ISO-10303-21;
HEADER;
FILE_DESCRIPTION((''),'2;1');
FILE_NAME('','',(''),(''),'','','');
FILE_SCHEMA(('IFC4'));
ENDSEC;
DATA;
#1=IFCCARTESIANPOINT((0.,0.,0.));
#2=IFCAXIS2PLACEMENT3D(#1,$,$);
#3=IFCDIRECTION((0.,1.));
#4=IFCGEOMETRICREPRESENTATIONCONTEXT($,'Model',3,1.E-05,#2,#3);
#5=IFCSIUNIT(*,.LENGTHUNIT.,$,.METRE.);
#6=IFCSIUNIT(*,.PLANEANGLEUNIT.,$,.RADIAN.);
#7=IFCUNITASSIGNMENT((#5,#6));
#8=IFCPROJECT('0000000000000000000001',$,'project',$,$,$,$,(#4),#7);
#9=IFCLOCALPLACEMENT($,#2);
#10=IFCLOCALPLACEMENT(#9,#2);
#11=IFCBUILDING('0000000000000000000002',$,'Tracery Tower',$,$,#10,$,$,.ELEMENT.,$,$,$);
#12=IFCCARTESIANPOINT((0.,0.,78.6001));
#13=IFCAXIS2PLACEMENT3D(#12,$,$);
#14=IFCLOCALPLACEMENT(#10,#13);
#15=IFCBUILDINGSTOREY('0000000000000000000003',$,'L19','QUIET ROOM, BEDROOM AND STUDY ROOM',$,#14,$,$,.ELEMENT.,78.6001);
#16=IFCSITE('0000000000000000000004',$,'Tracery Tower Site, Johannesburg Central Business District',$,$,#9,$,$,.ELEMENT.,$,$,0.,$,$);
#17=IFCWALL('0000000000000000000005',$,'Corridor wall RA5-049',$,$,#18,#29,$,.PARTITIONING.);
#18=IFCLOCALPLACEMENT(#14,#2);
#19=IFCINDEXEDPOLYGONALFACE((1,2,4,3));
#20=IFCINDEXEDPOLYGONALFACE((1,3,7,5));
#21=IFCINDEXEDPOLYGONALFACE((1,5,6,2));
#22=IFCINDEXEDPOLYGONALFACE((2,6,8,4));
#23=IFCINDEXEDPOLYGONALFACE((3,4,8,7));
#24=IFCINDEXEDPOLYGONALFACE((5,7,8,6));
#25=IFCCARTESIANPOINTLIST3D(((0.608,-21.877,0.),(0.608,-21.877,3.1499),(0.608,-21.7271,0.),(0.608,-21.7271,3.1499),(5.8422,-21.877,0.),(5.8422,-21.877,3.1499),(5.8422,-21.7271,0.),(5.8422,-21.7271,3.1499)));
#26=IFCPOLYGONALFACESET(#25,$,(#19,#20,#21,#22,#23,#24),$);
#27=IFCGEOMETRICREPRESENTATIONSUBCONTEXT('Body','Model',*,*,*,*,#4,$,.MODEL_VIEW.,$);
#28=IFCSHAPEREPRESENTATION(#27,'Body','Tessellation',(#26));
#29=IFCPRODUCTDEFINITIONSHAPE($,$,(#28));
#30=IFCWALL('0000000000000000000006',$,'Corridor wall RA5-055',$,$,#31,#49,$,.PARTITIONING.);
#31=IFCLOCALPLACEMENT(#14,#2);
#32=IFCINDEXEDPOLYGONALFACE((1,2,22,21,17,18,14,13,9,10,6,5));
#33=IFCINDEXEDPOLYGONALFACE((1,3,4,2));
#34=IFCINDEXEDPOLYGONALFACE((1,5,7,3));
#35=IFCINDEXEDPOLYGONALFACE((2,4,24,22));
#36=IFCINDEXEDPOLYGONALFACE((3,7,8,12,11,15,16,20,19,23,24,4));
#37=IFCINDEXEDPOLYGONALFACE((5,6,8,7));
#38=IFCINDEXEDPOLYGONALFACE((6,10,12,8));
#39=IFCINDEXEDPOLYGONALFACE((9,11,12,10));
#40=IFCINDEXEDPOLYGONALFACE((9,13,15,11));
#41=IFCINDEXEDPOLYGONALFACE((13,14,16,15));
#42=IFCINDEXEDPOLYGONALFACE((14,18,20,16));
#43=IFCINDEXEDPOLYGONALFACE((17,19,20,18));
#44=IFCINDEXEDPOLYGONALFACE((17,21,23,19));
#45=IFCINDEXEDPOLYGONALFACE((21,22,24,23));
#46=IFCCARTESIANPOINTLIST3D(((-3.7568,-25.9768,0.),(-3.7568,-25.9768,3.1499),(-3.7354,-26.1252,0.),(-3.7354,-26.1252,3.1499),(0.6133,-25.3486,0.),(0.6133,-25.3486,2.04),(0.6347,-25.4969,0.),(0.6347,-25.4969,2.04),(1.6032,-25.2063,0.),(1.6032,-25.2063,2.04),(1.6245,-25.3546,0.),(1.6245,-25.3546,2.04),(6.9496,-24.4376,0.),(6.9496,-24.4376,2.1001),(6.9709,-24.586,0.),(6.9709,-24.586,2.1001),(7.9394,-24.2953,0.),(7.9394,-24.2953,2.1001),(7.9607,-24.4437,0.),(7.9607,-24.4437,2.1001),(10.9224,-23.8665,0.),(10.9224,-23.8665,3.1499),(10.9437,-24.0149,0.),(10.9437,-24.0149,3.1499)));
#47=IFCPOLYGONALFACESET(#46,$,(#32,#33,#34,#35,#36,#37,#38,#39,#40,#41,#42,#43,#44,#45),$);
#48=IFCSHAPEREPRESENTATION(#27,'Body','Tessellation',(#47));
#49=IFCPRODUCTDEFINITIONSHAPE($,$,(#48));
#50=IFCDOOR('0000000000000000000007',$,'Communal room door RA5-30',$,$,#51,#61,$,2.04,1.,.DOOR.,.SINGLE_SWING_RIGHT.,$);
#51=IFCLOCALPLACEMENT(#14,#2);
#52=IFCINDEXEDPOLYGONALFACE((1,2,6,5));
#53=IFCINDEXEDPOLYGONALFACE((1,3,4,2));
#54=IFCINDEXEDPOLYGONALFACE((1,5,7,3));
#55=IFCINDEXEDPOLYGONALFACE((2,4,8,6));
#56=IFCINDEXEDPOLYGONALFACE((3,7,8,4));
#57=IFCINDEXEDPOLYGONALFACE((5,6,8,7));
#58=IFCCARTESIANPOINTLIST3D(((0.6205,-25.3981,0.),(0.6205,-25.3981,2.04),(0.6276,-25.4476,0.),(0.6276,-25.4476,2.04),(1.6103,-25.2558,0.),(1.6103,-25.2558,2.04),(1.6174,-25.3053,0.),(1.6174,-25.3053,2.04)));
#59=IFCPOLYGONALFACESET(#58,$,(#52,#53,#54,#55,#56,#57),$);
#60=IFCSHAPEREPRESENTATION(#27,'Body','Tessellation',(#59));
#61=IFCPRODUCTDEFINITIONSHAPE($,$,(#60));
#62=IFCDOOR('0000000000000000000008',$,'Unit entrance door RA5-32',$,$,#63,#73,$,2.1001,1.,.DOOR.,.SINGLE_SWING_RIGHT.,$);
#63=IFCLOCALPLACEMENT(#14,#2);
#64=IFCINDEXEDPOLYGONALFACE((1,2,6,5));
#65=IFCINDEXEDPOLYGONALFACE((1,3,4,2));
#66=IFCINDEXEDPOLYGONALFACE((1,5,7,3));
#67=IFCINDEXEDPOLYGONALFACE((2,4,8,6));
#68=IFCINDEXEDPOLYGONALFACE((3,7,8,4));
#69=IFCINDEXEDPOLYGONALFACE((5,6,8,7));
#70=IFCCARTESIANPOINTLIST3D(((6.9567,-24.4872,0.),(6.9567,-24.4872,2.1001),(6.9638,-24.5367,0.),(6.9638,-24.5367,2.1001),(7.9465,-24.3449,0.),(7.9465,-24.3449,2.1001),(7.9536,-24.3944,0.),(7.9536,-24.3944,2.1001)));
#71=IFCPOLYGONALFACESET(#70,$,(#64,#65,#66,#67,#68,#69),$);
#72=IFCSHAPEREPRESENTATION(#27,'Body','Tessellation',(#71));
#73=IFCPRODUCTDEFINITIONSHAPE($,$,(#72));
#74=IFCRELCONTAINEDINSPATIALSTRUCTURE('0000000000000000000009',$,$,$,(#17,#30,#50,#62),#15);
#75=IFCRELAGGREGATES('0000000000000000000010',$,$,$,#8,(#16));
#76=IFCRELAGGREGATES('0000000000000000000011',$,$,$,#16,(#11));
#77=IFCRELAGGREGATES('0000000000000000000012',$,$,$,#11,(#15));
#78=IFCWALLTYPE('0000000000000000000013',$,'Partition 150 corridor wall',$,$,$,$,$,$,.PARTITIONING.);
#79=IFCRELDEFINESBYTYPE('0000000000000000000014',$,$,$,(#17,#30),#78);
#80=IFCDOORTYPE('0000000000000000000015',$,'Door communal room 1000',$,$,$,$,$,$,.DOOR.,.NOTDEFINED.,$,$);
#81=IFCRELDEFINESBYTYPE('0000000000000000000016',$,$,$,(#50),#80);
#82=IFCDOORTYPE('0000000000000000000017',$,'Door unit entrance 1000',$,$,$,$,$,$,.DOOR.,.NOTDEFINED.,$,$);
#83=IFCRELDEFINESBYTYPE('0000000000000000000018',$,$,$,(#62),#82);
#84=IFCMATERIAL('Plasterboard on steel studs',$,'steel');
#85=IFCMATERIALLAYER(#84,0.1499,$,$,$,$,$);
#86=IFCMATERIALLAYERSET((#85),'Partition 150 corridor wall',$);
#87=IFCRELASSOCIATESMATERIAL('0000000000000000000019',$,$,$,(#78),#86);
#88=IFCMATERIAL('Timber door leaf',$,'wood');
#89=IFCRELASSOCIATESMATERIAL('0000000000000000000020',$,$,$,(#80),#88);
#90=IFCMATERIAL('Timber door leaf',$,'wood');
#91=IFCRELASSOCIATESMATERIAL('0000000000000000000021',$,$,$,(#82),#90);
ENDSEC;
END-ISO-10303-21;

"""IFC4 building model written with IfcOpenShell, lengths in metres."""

from ifc_helpers import new_model, si_unit, direction, frame, frame_2d, origin, place, context, subcontext, project, spatial, rectangle, extrude, material, layer, layer_set, type_object, element, fill, save


model = new_model("IFC4")

# Units and contexts
model_context = context("Model", 3, precision=1e-05, world=origin(), true_north=direction((0.0, 1.0)))
body_context = subcontext(model_context, "Body", "Model", "MODEL_VIEW")
ifc_project = project(units=[si_unit("LENGTHUNIT", "METRE"), si_unit("PLANEANGLEUNIT", "RADIAN")], contexts=[model_context])

# Site, building, storey
site_placement = place(None, origin())
site = spatial("IfcSite", under=ifc_project, at=site_placement, Name="Tracery Tower Site, Johannesburg Central Business District", CompositionType="ELEMENT", RefElevation=0.0)
building_placement = place(site_placement, origin())
building = spatial("IfcBuilding", under=site, at=building_placement, Name="Tracery Tower", CompositionType="ELEMENT")
storey_placement = place(building_placement, frame((0.0, 0.0, 78.6001)))
storey = spatial("IfcBuildingStorey", under=building, at=storey_placement, Name="L19", Description="QUIET ROOM, BEDROOM AND STUDY ROOM", CompositionType="ELEMENT", Elevation=78.6001)

# Shared definitions
ifc_material_1 = material(Name="Plasterboard on steel studs", Category="steel")
ifc_layer_1 = layer(ifc_material_1, 0.1499)
ifc_layer_set_1 = layer_set([ifc_layer_1], Name="Partition 150 corridor wall")
wall_type_1 = type_object("IfcWallType", Name="Partition 150 corridor wall", PredefinedType="PARTITIONING", material=ifc_layer_set_1)

# Wall
wall_1_placement = place(storey_placement, frame((0.6079, -21.802, 0.0), z_axis=(0.0, 0.0, 1.0), x_axis=(1.0, 0.0, 0.0)))
element("IfcWall", 1, at=wall_1_placement, inside=storey, type_object=wall_type_1, Name="Corridor wall RA5-049", PredefinedType="PARTITIONING", context=body_context, shape_type="SweptSolid", body=[
    extrude(rectangle(XDim=5.2341, YDim=0.1499, at=frame_2d((2.6172, 0.0))), origin(), (0.0, 0.0, 1.0), 3.1499),
])

# Wall, openings, doors
wall_2_placement = place(storey_placement, frame((-3.7461, -26.051, 0.0), z_axis=(0.0, 0.0, 1.0), x_axis=(0.989823, 0.142302, 0.0)))
wall_2 = element("IfcWall", 2, at=wall_2_placement, inside=storey, type_object=wall_type_1, Name="Corridor wall RA5-055", PredefinedType="PARTITIONING", context=body_context, shape_type="SweptSolid", body=[
    extrude(rectangle(XDim=14.8301, YDim=0.1499, at=frame_2d((7.415, 0.0))), origin(), (0.0, 0.0, 1.0), 3.1499),
])
opening_1_placement = place(wall_2_placement, frame((4.415, 0.0, 0.0)))
opening_1 = element("IfcOpeningElement", 3, at=opening_1_placement, cuts=wall_2, PredefinedType="OPENING", context=body_context, shape_type="SweptSolid", body=[
    extrude(rectangle(XDim=1.0, YDim=2.04, at=frame_2d((0.5, 1.02))), frame((0.0, 0.075, 0.0), z_axis=(0.0, -1.0, 0.0), x_axis=(1.0, 0.0, 0.0)), (0.0, 0.0, 1.0), 0.1499),
])
opening_2_placement = place(wall_2_placement, frame((10.8164, 0.0, 0.0)))
opening_2 = element("IfcOpeningElement", 4, at=opening_2_placement, cuts=wall_2, PredefinedType="OPENING", context=body_context, shape_type="SweptSolid", body=[
    extrude(rectangle(XDim=1.0, YDim=2.1001, at=frame_2d((0.5, 1.05))), frame((0.0, 0.075, 0.0), z_axis=(0.0, -1.0, 0.0), x_axis=(1.0, 0.0, 0.0)), (0.0, 0.0, 1.0), 0.1499),
])
ifc_material_2 = material(Name="Timber door leaf", Category="wood")
door_type_1 = type_object("IfcDoorType", Name="Door communal room 1000", OperationType="NOTDEFINED", PredefinedType="DOOR", material=ifc_material_2)
door_1_placement = place(opening_1_placement, origin())
door_1 = element("IfcDoor", 5, at=door_1_placement, inside=storey, type_object=door_type_1, Name="Communal room door RA5-30", OperationType="SINGLE_SWING_RIGHT", OverallHeight=2.04, OverallWidth=1.0, PredefinedType="DOOR", context=body_context, shape_type="SweptSolid", body=[
    extrude(rectangle(XDim=1.0, YDim=2.04, at=frame_2d((0.5, 1.02))), frame((0.0, 0.0249, 0.0), z_axis=(0.0, -1.0, 0.0), x_axis=(1.0, 0.0, 0.0)), (0.0, 0.0, 1.0), 0.05),
])
fill(opening_1, door_1)
ifc_material_3 = material(Name="Timber door leaf", Category="wood")
door_type_2 = type_object("IfcDoorType", Name="Door unit entrance 1000", OperationType="NOTDEFINED", PredefinedType="DOOR", material=ifc_material_3)
door_2_placement = place(opening_2_placement, origin())
door_2 = element("IfcDoor", 6, at=door_2_placement, inside=storey, type_object=door_type_2, Name="Unit entrance door RA5-32", OperationType="SINGLE_SWING_RIGHT", OverallHeight=2.1001, OverallWidth=1.0, PredefinedType="DOOR", context=body_context, shape_type="SweptSolid", body=[
    extrude(rectangle(XDim=1.0, YDim=2.1001, at=frame_2d((0.5, 1.05))), frame((0.0, 0.0249, 0.0), z_axis=(0.0, -1.0, 0.0), x_axis=(1.0, 0.0, 0.0)), (0.0, 0.0, 1.0), 0.05),
])
fill(opening_2, door_2)

save(model, "model.ifc")
